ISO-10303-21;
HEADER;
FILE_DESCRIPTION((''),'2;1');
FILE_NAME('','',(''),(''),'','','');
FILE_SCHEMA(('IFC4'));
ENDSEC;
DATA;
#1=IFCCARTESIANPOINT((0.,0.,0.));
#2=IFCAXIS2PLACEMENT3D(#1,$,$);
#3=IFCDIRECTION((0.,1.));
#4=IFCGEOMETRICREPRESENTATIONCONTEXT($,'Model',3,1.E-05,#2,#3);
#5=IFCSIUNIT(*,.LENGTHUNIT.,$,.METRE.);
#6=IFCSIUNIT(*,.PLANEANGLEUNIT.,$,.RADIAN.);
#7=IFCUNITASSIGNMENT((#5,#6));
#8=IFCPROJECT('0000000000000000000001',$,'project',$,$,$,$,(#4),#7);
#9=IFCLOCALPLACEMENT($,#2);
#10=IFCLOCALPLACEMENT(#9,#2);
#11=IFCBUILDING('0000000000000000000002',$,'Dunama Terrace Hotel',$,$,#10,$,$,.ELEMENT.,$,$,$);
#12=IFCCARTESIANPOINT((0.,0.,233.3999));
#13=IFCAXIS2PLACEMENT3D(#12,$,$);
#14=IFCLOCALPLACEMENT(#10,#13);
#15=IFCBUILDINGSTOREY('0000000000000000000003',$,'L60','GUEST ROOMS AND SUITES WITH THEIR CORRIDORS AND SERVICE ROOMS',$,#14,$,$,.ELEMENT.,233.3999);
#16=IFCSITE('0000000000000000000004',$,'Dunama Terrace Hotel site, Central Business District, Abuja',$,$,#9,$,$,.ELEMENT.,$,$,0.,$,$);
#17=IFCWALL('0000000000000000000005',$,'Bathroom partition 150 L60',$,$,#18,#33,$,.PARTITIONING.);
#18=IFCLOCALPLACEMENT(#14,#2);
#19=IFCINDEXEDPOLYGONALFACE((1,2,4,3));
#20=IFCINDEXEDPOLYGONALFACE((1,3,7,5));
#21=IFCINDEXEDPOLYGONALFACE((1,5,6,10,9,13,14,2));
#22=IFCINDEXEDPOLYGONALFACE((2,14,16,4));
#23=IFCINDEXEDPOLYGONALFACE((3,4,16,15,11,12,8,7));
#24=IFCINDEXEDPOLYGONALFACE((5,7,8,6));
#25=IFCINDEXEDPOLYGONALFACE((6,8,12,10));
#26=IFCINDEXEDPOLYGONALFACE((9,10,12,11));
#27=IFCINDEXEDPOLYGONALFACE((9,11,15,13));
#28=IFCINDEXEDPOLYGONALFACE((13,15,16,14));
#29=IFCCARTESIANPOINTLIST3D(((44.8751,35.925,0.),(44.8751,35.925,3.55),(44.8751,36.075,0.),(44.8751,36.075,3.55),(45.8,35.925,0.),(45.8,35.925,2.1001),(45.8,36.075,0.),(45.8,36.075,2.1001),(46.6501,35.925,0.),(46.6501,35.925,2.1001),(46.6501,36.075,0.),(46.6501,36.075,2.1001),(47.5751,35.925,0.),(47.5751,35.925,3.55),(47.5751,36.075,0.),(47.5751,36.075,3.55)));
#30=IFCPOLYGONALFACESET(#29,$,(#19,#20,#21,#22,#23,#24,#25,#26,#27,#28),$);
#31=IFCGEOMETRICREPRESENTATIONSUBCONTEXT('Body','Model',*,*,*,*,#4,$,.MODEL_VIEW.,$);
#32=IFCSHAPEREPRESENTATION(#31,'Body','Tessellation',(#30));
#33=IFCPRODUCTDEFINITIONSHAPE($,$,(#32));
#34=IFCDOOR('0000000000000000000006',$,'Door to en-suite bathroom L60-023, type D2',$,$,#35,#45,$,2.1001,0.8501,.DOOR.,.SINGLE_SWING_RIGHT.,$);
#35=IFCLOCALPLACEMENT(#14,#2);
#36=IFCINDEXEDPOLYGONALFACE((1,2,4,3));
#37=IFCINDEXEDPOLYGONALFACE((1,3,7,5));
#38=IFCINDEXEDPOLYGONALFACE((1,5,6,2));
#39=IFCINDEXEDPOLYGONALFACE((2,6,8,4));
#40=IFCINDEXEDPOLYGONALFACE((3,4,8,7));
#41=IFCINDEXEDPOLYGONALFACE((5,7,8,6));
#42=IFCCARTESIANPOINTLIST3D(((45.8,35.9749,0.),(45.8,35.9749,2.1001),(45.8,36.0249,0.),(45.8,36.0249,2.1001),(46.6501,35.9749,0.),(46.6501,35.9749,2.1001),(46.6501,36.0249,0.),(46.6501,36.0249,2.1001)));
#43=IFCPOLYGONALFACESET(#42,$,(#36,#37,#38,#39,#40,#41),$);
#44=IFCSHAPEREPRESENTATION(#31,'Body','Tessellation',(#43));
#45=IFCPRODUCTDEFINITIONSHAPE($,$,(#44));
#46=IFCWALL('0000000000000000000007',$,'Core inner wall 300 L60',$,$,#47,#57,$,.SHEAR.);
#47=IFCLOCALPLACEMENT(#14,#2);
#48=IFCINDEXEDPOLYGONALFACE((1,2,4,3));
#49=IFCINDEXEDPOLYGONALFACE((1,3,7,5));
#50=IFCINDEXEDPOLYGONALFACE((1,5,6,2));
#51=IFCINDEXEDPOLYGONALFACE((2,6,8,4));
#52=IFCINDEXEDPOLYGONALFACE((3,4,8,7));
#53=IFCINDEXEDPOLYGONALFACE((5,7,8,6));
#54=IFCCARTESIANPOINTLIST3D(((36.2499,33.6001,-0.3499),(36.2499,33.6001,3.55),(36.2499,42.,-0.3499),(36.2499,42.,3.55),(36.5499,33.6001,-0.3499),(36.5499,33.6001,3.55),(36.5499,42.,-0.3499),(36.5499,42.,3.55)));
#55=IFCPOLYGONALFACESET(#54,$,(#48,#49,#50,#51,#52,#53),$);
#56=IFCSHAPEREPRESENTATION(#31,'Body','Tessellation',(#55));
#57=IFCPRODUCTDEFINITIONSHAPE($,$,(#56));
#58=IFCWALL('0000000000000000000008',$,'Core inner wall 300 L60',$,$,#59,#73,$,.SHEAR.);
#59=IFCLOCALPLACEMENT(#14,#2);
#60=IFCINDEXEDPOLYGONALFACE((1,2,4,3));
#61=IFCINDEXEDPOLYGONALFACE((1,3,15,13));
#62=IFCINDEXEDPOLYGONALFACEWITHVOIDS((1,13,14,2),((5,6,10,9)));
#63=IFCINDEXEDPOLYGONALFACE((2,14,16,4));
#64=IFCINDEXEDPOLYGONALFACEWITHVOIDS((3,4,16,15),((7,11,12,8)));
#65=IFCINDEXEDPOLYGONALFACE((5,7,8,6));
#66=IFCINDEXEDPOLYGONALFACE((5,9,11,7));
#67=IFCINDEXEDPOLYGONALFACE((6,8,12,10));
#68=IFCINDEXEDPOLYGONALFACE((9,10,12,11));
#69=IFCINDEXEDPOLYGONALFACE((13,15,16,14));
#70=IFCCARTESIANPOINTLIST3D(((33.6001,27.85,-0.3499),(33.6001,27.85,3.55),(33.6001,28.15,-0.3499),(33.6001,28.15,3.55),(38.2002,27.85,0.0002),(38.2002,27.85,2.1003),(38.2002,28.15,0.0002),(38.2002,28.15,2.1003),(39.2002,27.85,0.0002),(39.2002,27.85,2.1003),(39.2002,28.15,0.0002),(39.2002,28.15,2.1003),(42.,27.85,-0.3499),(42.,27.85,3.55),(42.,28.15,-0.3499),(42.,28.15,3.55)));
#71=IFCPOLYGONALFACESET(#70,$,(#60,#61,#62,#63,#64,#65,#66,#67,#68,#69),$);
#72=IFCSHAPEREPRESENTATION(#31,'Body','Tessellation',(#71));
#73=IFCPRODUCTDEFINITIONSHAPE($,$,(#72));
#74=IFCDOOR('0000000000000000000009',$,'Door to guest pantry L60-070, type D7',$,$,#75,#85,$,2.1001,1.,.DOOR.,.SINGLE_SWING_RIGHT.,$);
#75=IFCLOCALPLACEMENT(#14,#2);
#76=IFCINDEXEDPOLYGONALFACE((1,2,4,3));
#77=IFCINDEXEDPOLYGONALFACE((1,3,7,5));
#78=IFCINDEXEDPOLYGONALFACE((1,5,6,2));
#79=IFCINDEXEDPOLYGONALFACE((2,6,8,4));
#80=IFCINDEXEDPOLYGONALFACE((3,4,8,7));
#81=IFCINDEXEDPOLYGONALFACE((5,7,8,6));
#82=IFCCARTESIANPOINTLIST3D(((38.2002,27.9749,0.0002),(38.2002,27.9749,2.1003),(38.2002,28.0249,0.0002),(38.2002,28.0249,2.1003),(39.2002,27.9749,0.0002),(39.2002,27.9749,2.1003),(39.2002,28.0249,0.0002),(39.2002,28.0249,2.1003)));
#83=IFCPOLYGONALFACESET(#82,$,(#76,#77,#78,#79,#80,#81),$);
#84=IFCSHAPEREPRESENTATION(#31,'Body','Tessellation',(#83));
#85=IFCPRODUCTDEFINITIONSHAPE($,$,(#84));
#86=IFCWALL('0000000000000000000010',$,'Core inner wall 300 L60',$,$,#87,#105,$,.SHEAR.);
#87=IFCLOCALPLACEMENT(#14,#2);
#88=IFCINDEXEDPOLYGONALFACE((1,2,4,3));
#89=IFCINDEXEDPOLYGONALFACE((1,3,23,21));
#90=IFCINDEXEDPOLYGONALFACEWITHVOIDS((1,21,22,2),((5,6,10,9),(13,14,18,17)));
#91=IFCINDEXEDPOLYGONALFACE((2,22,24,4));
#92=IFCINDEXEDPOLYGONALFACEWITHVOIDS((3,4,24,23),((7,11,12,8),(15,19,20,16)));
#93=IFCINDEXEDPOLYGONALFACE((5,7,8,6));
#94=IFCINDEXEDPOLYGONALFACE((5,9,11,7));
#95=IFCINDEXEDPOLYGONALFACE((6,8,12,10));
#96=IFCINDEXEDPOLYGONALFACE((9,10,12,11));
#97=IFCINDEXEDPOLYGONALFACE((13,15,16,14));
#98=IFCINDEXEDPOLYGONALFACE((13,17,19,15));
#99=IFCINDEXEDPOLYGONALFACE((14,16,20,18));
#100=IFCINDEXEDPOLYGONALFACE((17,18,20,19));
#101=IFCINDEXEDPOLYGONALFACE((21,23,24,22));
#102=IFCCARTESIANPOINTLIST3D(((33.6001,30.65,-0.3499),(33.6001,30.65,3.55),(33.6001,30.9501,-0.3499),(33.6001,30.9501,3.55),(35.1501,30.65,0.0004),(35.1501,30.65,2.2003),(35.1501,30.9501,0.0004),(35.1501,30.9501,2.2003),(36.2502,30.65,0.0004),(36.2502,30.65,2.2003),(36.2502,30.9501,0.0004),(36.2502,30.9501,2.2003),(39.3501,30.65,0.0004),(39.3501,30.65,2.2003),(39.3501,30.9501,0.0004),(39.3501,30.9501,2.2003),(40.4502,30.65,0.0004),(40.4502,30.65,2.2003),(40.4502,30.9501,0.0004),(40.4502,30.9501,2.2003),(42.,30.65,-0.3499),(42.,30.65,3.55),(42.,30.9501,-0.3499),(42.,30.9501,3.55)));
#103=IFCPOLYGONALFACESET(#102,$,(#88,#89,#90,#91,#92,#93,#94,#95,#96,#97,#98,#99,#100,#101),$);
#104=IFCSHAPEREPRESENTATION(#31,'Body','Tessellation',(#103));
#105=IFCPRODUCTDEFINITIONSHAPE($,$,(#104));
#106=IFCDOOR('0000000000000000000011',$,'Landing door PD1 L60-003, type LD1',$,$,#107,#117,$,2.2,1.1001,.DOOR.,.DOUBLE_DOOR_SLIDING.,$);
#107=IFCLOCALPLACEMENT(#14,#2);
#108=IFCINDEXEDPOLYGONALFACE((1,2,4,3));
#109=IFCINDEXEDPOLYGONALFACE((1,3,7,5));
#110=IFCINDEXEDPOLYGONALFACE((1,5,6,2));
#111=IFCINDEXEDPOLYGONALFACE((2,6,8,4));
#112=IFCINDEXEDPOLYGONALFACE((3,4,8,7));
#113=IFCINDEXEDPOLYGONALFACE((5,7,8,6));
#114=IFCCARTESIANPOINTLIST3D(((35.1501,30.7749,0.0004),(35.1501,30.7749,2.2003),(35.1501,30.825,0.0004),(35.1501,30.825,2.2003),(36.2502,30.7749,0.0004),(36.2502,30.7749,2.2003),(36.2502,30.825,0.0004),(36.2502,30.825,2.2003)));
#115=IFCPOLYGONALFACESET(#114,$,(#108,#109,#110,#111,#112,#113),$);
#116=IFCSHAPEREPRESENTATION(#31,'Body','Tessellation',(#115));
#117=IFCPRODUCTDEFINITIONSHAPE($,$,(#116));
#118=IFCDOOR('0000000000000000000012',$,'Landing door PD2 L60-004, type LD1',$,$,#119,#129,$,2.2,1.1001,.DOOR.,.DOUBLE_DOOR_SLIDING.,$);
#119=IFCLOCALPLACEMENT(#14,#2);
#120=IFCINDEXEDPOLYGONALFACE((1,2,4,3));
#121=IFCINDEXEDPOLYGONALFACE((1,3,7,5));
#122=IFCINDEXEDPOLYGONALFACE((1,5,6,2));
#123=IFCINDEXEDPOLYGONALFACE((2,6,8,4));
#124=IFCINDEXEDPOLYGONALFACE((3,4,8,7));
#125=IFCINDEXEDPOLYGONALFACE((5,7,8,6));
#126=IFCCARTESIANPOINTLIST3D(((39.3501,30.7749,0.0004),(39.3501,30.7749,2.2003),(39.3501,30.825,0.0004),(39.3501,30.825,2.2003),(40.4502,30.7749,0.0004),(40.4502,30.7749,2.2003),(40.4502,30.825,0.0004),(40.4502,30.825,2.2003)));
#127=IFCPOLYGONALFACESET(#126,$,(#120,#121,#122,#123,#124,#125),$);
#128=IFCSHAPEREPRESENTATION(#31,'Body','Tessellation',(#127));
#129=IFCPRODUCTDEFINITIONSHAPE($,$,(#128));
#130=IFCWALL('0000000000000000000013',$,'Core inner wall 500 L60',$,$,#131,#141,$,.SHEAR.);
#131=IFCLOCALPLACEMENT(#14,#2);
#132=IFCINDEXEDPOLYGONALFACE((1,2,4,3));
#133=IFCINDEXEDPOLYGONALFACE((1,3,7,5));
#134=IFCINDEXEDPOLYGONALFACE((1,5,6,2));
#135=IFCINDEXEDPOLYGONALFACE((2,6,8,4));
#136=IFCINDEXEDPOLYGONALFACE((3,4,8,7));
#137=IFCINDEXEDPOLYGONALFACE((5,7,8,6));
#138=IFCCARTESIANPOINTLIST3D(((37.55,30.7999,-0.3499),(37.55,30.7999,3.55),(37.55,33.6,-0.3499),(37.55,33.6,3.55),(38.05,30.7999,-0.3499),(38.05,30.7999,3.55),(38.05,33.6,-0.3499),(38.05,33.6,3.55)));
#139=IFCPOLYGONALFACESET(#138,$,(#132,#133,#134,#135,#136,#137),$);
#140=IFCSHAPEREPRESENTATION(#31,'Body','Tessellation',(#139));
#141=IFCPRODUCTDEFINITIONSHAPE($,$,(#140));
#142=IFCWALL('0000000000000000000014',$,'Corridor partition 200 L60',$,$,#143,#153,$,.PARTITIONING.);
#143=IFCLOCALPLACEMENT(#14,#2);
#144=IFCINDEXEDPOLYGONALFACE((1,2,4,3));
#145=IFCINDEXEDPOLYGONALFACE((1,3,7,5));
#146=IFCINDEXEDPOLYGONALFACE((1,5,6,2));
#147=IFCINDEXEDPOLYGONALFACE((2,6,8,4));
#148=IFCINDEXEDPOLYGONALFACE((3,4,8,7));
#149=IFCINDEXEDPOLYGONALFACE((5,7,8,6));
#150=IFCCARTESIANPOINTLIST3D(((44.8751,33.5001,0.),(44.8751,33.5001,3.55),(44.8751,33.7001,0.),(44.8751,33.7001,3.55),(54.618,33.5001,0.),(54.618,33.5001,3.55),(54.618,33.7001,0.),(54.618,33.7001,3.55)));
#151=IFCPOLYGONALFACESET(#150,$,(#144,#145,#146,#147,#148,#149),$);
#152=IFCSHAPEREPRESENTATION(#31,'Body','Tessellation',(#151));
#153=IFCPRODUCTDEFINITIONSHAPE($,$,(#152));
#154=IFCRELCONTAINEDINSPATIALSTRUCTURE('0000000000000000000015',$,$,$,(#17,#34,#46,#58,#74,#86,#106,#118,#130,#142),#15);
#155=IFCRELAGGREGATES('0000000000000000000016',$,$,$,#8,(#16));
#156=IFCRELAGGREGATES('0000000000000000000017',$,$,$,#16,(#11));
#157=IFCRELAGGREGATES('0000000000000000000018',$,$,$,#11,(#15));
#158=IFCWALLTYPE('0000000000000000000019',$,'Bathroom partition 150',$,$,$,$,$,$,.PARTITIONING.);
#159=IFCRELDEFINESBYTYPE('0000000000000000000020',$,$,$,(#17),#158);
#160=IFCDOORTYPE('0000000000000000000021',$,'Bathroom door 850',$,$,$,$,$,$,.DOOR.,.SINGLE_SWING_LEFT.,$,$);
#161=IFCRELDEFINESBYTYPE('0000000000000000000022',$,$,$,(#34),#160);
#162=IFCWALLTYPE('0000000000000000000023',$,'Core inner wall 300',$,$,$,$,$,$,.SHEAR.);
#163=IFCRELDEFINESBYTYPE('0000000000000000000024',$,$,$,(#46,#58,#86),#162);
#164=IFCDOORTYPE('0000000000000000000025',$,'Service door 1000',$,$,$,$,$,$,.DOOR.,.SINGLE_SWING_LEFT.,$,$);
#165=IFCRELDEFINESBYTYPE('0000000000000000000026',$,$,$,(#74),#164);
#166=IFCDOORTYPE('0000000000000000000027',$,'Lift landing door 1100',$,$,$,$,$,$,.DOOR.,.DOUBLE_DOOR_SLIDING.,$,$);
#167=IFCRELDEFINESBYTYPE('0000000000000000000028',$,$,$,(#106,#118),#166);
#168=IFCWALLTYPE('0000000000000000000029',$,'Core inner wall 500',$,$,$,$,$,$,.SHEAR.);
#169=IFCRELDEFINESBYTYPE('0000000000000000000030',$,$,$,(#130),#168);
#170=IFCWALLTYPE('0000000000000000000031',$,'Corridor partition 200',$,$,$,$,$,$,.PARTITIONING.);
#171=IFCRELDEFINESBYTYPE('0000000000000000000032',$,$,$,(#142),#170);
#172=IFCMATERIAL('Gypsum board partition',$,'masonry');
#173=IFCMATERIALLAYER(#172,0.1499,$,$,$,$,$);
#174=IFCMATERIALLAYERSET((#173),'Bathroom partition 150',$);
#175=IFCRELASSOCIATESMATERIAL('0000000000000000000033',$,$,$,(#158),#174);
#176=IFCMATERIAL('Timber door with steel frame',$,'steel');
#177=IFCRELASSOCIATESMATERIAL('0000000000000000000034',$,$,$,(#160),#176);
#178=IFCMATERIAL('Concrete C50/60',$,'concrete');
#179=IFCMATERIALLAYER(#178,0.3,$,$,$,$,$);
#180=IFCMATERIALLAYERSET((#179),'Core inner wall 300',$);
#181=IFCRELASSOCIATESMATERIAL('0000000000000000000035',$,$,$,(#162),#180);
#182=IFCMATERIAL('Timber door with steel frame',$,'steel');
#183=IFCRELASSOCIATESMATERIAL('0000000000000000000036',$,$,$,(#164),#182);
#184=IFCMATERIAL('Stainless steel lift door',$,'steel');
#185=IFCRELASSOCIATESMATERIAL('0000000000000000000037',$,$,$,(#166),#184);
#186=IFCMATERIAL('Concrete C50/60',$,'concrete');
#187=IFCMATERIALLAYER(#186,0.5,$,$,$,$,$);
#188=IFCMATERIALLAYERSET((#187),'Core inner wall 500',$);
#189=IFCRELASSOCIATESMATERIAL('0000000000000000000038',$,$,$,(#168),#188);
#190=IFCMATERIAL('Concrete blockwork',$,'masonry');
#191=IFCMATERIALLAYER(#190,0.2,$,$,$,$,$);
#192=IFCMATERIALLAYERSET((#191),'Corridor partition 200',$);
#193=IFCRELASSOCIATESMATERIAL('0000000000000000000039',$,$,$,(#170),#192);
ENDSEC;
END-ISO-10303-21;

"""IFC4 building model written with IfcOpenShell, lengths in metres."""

from ifc_helpers import new_model, si_unit, direction, frame, frame_2d, origin, place, context, subcontext, project, spatial, rectangle, extrude, material, layer, layer_set, type_object, element, fill, save


model = new_model("IFC4")

# Units and contexts
model_context = context("Model", 3, precision=1e-05, world=origin(), true_north=direction((0.0, 1.0)))
body_context = subcontext(model_context, "Body", "Model", "MODEL_VIEW")
ifc_project = project(units=[si_unit("LENGTHUNIT", "METRE"), si_unit("PLANEANGLEUNIT", "RADIAN")], contexts=[model_context])

# Site, building, storey
site_placement = place(None, origin())
site = spatial("IfcSite", under=ifc_project, at=site_placement, Name="Dunama Terrace Hotel site, Central Business District, Abuja", CompositionType="ELEMENT", RefElevation=0.0)
building_placement = place(site_placement, origin())
building = spatial("IfcBuilding", under=site, at=building_placement, Name="Dunama Terrace Hotel", CompositionType="ELEMENT")
storey_placement = place(building_placement, frame((0.0, 0.0, 233.3999)))
storey = spatial("IfcBuildingStorey", under=building, at=storey_placement, Name="L60", Description="GUEST ROOMS AND SUITES WITH THEIR CORRIDORS AND SERVICE ROOMS", CompositionType="ELEMENT", Elevation=233.3999)

# Wall, opening, door
ifc_material_1 = material(Name="Gypsum board partition", Category="masonry")
ifc_layer_1 = layer(ifc_material_1, 0.1499)
ifc_layer_set_1 = layer_set([ifc_layer_1], Name="Bathroom partition 150")
wall_type_1 = type_object("IfcWallType", Name="Bathroom partition 150", PredefinedType="PARTITIONING", material=ifc_layer_set_1)
wall_1_placement = place(storey_placement, frame((44.875, 36.0, 0.0), z_axis=(0.0, 0.0, 1.0), x_axis=(1.0, 0.0, 0.0)))
wall_1 = element("IfcWall", 1, at=wall_1_placement, inside=storey, type_object=wall_type_1, Name="Bathroom partition 150 L60", PredefinedType="PARTITIONING", context=body_context, shape_type="SweptSolid", body=[
    extrude(rectangle(XDim=2.7, YDim=0.1499, at=frame_2d((1.3501, 0.0))), origin(), (0.0, 0.0, 1.0), 3.55),
])
opening_1_placement = place(wall_1_placement, frame((0.925, 0.0, 0.0)))
opening_1 = element("IfcOpeningElement", 2, at=opening_1_placement, cuts=wall_1, PredefinedType="OPENING", context=body_context, shape_type="SweptSolid", body=[
    extrude(rectangle(XDim=0.8501, YDim=2.1001, at=frame_2d((0.425, 1.05))), frame((0.0, 0.085, 0.0), z_axis=(0.0, -1.0, 0.0), x_axis=(1.0, 0.0, 0.0)), (0.0, 0.0, 1.0), 0.1699),
])
ifc_material_2 = material(Name="Timber door with steel frame", Category="steel")
door_type_1 = type_object("IfcDoorType", Name="Bathroom door 850", OperationType="SINGLE_SWING_LEFT", PredefinedType="DOOR", material=ifc_material_2)
door_1_placement = place(opening_1_placement, frame((0.8501, 0.0, 0.0), z_axis=(0.0, 0.0, 1.0), x_axis=(-1.0, 0.0, 0.0)))
door_1 = element("IfcDoor", 3, at=door_1_placement, inside=storey, type_object=door_type_1, Name="Door to en-suite bathroom L60-023, type D2", OperationType="SINGLE_SWING_RIGHT", OverallHeight=2.1001, OverallWidth=0.8501, PredefinedType="DOOR", context=body_context, shape_type="SweptSolid", body=[
    extrude(rectangle(XDim=0.8501, YDim=2.1001, at=frame_2d((0.425, 1.05))), frame((0.0, 0.0251, 0.0), z_axis=(0.0, -1.0, 0.0), x_axis=(1.0, 0.0, 0.0)), (0.0, 0.0, 1.0), 0.05),
])
fill(opening_1, door_1)

# Wall
ifc_material_3 = material(Name="Concrete C50/60", Category="concrete")
ifc_layer_2 = layer(ifc_material_3, 0.3)
ifc_layer_set_2 = layer_set([ifc_layer_2], Name="Core inner wall 300")
wall_type_2 = type_object("IfcWallType", Name="Core inner wall 300", PredefinedType="SHEAR", material=ifc_layer_set_2)
wall_2_placement = place(storey_placement, frame((36.3999, 33.6001, -0.3499), z_axis=(0.0, 0.0, 1.0), x_axis=(0.0, 1.0, 0.0)))
element("IfcWall", 4, at=wall_2_placement, inside=storey, type_object=wall_type_2, Name="Core inner wall 300 L60", PredefinedType="SHEAR", context=body_context, shape_type="SweptSolid", body=[
    extrude(rectangle(XDim=8.3999, YDim=0.3, at=frame_2d((4.2, 0.0))), origin(), (0.0, 0.0, 1.0), 3.8999),
])

# Wall, opening, door
wall_3_placement = place(storey_placement, frame((33.6001, 28.0, -0.3499), z_axis=(0.0, 0.0, 1.0), x_axis=(1.0, 0.0, 0.0)))
wall_3 = element("IfcWall", 5, at=wall_3_placement, inside=storey, type_object=wall_type_2, Name="Core inner wall 300 L60", PredefinedType="SHEAR", context=body_context, shape_type="SweptSolid", body=[
    extrude(rectangle(XDim=8.3999, YDim=0.3, at=frame_2d((4.2, 0.0))), origin(), (0.0, 0.0, 1.0), 3.8999),
])
opening_2_placement = place(wall_3_placement, frame((4.6001, 0.0, 0.3501)))
opening_2 = element("IfcOpeningElement", 6, at=opening_2_placement, cuts=wall_3, PredefinedType="OPENING", context=body_context, shape_type="SweptSolid", body=[
    extrude(rectangle(XDim=1.0, YDim=2.1001, at=frame_2d((0.5, 1.05))), frame((0.0, 0.1599, 0.0), z_axis=(0.0, -1.0, 0.0), x_axis=(1.0, 0.0, 0.0)), (0.0, 0.0, 1.0), 0.3201),
])
ifc_material_4 = material(Name="Timber door with steel frame", Category="steel")
door_type_2 = type_object("IfcDoorType", Name="Service door 1000", OperationType="SINGLE_SWING_LEFT", PredefinedType="DOOR", material=ifc_material_4)
door_2_placement = place(opening_2_placement, frame((1.0, 0.0, 0.0), z_axis=(0.0, 0.0, 1.0), x_axis=(-1.0, 0.0, 0.0)))
door_2 = element("IfcDoor", 7, at=door_2_placement, inside=storey, type_object=door_type_2, Name="Door to guest pantry L60-070, type D7", OperationType="SINGLE_SWING_RIGHT", OverallHeight=2.1001, OverallWidth=1.0, PredefinedType="DOOR", context=body_context, shape_type="SweptSolid", body=[
    extrude(rectangle(XDim=1.0, YDim=2.1001, at=frame_2d((0.5, 1.05))), frame((0.0, 0.0251, 0.0), z_axis=(0.0, -1.0, 0.0), x_axis=(1.0, 0.0, 0.0)), (0.0, 0.0, 1.0), 0.05),
])
fill(opening_2, door_2)

# Wall, openings, doors
wall_4_placement = place(storey_placement, frame((33.6001, 30.8, -0.3499), z_axis=(0.0, 0.0, 1.0), x_axis=(1.0, 0.0, 0.0)))
wall_4 = element("IfcWall", 8, at=wall_4_placement, inside=storey, type_object=wall_type_2, Name="Core inner wall 300 L60", PredefinedType="SHEAR", context=body_context, shape_type="SweptSolid", body=[
    extrude(rectangle(XDim=8.3999, YDim=0.3, at=frame_2d((4.2, 0.0))), origin(), (0.0, 0.0, 1.0), 3.8999),
])
opening_3_placement = place(wall_4_placement, frame((1.55, 0.0, 0.3501)))
opening_3 = element("IfcOpeningElement", 9, at=opening_3_placement, cuts=wall_4, PredefinedType="OPENING", context=body_context, shape_type="SweptSolid", body=[
    extrude(rectangle(XDim=1.1001, YDim=2.2, at=frame_2d((0.55, 1.1001))), frame((0.0, 0.1599, 0.0), z_axis=(0.0, -1.0, 0.0), x_axis=(1.0, 0.0, 0.0)), (0.0, 0.0, 1.0), 0.3201),
])
opening_4_placement = place(wall_4_placement, frame((5.75, 0.0, 0.3501)))
opening_4 = element("IfcOpeningElement", 10, at=opening_4_placement, cuts=wall_4, PredefinedType="OPENING", context=body_context, shape_type="SweptSolid", body=[
    extrude(rectangle(XDim=1.1001, YDim=2.2, at=frame_2d((0.55, 1.1001))), frame((0.0, 0.1599, 0.0), z_axis=(0.0, -1.0, 0.0), x_axis=(1.0, 0.0, 0.0)), (0.0, 0.0, 1.0), 0.3201),
])
ifc_material_5 = material(Name="Stainless steel lift door", Category="steel")
door_type_3 = type_object("IfcDoorType", Name="Lift landing door 1100", OperationType="DOUBLE_DOOR_SLIDING", PredefinedType="DOOR", material=ifc_material_5)
door_3_placement = place(opening_3_placement, origin())
door_3 = element("IfcDoor", 11, at=door_3_placement, inside=storey, type_object=door_type_3, Name="Landing door PD1 L60-003, type LD1", OperationType="DOUBLE_DOOR_SLIDING", OverallHeight=2.2, OverallWidth=1.1001, PredefinedType="DOOR", context=body_context, shape_type="SweptSolid", body=[
    extrude(rectangle(XDim=1.1001, YDim=2.2, at=frame_2d((0.55, 1.1001))), frame((0.0, 0.0249, 0.0), z_axis=(0.0, -1.0, 0.0), x_axis=(1.0, 0.0, 0.0)), (0.0, 0.0, 1.0), 0.05),
])
fill(opening_3, door_3)
door_4_placement = place(opening_4_placement, origin())
door_4 = element("IfcDoor", 12, at=door_4_placement, inside=storey, type_object=door_type_3, Name="Landing door PD2 L60-004, type LD1", OperationType="DOUBLE_DOOR_SLIDING", OverallHeight=2.2, OverallWidth=1.1001, PredefinedType="DOOR", context=body_context, shape_type="SweptSolid", body=[
    extrude(rectangle(XDim=1.1001, YDim=2.2, at=frame_2d((0.55, 1.1001))), frame((0.0, 0.0249, 0.0), z_axis=(0.0, -1.0, 0.0), x_axis=(1.0, 0.0, 0.0)), (0.0, 0.0, 1.0), 0.05),
])
fill(opening_4, door_4)

# Walls
ifc_material_6 = material(Name="Concrete C50/60", Category="concrete")
ifc_layer_3 = layer(ifc_material_6, 0.5)
ifc_layer_set_3 = layer_set([ifc_layer_3], Name="Core inner wall 500")
wall_type_3 = type_object("IfcWallType", Name="Core inner wall 500", PredefinedType="SHEAR", material=ifc_layer_set_3)
wall_5_placement = place(storey_placement, frame((37.8, 30.8, -0.3499), z_axis=(0.0, 0.0, 1.0), x_axis=(0.0, 1.0, 0.0)))
element("IfcWall", 13, at=wall_5_placement, inside=storey, type_object=wall_type_3, Name="Core inner wall 500 L60", PredefinedType="SHEAR", context=body_context, shape_type="SweptSolid", body=[
    extrude(rectangle(XDim=2.8, YDim=0.5, at=frame_2d((1.3999, 0.0))), origin(), (0.0, 0.0, 1.0), 3.8999),
])
ifc_material_7 = material(Name="Concrete blockwork", Category="masonry")
ifc_layer_4 = layer(ifc_material_7, 0.2)
ifc_layer_set_4 = layer_set([ifc_layer_4], Name="Corridor partition 200")
wall_type_4 = type_object("IfcWallType", Name="Corridor partition 200", PredefinedType="PARTITIONING", material=ifc_layer_set_4)
wall_6_placement = place(storey_placement, frame((44.875, 33.6001, 0.0), z_axis=(0.0, 0.0, 1.0), x_axis=(1.0, 0.0, 0.0)))
element("IfcWall", 14, at=wall_6_placement, inside=storey, type_object=wall_type_4, Name="Corridor partition 200 L60", PredefinedType="PARTITIONING", context=body_context, shape_type="SweptSolid", body=[
    extrude(rectangle(XDim=9.7429, YDim=0.2, at=frame_2d((4.8716, 0.0))), origin(), (0.0, 0.0, 1.0), 3.55),
])

save(model, "model.ifc")
